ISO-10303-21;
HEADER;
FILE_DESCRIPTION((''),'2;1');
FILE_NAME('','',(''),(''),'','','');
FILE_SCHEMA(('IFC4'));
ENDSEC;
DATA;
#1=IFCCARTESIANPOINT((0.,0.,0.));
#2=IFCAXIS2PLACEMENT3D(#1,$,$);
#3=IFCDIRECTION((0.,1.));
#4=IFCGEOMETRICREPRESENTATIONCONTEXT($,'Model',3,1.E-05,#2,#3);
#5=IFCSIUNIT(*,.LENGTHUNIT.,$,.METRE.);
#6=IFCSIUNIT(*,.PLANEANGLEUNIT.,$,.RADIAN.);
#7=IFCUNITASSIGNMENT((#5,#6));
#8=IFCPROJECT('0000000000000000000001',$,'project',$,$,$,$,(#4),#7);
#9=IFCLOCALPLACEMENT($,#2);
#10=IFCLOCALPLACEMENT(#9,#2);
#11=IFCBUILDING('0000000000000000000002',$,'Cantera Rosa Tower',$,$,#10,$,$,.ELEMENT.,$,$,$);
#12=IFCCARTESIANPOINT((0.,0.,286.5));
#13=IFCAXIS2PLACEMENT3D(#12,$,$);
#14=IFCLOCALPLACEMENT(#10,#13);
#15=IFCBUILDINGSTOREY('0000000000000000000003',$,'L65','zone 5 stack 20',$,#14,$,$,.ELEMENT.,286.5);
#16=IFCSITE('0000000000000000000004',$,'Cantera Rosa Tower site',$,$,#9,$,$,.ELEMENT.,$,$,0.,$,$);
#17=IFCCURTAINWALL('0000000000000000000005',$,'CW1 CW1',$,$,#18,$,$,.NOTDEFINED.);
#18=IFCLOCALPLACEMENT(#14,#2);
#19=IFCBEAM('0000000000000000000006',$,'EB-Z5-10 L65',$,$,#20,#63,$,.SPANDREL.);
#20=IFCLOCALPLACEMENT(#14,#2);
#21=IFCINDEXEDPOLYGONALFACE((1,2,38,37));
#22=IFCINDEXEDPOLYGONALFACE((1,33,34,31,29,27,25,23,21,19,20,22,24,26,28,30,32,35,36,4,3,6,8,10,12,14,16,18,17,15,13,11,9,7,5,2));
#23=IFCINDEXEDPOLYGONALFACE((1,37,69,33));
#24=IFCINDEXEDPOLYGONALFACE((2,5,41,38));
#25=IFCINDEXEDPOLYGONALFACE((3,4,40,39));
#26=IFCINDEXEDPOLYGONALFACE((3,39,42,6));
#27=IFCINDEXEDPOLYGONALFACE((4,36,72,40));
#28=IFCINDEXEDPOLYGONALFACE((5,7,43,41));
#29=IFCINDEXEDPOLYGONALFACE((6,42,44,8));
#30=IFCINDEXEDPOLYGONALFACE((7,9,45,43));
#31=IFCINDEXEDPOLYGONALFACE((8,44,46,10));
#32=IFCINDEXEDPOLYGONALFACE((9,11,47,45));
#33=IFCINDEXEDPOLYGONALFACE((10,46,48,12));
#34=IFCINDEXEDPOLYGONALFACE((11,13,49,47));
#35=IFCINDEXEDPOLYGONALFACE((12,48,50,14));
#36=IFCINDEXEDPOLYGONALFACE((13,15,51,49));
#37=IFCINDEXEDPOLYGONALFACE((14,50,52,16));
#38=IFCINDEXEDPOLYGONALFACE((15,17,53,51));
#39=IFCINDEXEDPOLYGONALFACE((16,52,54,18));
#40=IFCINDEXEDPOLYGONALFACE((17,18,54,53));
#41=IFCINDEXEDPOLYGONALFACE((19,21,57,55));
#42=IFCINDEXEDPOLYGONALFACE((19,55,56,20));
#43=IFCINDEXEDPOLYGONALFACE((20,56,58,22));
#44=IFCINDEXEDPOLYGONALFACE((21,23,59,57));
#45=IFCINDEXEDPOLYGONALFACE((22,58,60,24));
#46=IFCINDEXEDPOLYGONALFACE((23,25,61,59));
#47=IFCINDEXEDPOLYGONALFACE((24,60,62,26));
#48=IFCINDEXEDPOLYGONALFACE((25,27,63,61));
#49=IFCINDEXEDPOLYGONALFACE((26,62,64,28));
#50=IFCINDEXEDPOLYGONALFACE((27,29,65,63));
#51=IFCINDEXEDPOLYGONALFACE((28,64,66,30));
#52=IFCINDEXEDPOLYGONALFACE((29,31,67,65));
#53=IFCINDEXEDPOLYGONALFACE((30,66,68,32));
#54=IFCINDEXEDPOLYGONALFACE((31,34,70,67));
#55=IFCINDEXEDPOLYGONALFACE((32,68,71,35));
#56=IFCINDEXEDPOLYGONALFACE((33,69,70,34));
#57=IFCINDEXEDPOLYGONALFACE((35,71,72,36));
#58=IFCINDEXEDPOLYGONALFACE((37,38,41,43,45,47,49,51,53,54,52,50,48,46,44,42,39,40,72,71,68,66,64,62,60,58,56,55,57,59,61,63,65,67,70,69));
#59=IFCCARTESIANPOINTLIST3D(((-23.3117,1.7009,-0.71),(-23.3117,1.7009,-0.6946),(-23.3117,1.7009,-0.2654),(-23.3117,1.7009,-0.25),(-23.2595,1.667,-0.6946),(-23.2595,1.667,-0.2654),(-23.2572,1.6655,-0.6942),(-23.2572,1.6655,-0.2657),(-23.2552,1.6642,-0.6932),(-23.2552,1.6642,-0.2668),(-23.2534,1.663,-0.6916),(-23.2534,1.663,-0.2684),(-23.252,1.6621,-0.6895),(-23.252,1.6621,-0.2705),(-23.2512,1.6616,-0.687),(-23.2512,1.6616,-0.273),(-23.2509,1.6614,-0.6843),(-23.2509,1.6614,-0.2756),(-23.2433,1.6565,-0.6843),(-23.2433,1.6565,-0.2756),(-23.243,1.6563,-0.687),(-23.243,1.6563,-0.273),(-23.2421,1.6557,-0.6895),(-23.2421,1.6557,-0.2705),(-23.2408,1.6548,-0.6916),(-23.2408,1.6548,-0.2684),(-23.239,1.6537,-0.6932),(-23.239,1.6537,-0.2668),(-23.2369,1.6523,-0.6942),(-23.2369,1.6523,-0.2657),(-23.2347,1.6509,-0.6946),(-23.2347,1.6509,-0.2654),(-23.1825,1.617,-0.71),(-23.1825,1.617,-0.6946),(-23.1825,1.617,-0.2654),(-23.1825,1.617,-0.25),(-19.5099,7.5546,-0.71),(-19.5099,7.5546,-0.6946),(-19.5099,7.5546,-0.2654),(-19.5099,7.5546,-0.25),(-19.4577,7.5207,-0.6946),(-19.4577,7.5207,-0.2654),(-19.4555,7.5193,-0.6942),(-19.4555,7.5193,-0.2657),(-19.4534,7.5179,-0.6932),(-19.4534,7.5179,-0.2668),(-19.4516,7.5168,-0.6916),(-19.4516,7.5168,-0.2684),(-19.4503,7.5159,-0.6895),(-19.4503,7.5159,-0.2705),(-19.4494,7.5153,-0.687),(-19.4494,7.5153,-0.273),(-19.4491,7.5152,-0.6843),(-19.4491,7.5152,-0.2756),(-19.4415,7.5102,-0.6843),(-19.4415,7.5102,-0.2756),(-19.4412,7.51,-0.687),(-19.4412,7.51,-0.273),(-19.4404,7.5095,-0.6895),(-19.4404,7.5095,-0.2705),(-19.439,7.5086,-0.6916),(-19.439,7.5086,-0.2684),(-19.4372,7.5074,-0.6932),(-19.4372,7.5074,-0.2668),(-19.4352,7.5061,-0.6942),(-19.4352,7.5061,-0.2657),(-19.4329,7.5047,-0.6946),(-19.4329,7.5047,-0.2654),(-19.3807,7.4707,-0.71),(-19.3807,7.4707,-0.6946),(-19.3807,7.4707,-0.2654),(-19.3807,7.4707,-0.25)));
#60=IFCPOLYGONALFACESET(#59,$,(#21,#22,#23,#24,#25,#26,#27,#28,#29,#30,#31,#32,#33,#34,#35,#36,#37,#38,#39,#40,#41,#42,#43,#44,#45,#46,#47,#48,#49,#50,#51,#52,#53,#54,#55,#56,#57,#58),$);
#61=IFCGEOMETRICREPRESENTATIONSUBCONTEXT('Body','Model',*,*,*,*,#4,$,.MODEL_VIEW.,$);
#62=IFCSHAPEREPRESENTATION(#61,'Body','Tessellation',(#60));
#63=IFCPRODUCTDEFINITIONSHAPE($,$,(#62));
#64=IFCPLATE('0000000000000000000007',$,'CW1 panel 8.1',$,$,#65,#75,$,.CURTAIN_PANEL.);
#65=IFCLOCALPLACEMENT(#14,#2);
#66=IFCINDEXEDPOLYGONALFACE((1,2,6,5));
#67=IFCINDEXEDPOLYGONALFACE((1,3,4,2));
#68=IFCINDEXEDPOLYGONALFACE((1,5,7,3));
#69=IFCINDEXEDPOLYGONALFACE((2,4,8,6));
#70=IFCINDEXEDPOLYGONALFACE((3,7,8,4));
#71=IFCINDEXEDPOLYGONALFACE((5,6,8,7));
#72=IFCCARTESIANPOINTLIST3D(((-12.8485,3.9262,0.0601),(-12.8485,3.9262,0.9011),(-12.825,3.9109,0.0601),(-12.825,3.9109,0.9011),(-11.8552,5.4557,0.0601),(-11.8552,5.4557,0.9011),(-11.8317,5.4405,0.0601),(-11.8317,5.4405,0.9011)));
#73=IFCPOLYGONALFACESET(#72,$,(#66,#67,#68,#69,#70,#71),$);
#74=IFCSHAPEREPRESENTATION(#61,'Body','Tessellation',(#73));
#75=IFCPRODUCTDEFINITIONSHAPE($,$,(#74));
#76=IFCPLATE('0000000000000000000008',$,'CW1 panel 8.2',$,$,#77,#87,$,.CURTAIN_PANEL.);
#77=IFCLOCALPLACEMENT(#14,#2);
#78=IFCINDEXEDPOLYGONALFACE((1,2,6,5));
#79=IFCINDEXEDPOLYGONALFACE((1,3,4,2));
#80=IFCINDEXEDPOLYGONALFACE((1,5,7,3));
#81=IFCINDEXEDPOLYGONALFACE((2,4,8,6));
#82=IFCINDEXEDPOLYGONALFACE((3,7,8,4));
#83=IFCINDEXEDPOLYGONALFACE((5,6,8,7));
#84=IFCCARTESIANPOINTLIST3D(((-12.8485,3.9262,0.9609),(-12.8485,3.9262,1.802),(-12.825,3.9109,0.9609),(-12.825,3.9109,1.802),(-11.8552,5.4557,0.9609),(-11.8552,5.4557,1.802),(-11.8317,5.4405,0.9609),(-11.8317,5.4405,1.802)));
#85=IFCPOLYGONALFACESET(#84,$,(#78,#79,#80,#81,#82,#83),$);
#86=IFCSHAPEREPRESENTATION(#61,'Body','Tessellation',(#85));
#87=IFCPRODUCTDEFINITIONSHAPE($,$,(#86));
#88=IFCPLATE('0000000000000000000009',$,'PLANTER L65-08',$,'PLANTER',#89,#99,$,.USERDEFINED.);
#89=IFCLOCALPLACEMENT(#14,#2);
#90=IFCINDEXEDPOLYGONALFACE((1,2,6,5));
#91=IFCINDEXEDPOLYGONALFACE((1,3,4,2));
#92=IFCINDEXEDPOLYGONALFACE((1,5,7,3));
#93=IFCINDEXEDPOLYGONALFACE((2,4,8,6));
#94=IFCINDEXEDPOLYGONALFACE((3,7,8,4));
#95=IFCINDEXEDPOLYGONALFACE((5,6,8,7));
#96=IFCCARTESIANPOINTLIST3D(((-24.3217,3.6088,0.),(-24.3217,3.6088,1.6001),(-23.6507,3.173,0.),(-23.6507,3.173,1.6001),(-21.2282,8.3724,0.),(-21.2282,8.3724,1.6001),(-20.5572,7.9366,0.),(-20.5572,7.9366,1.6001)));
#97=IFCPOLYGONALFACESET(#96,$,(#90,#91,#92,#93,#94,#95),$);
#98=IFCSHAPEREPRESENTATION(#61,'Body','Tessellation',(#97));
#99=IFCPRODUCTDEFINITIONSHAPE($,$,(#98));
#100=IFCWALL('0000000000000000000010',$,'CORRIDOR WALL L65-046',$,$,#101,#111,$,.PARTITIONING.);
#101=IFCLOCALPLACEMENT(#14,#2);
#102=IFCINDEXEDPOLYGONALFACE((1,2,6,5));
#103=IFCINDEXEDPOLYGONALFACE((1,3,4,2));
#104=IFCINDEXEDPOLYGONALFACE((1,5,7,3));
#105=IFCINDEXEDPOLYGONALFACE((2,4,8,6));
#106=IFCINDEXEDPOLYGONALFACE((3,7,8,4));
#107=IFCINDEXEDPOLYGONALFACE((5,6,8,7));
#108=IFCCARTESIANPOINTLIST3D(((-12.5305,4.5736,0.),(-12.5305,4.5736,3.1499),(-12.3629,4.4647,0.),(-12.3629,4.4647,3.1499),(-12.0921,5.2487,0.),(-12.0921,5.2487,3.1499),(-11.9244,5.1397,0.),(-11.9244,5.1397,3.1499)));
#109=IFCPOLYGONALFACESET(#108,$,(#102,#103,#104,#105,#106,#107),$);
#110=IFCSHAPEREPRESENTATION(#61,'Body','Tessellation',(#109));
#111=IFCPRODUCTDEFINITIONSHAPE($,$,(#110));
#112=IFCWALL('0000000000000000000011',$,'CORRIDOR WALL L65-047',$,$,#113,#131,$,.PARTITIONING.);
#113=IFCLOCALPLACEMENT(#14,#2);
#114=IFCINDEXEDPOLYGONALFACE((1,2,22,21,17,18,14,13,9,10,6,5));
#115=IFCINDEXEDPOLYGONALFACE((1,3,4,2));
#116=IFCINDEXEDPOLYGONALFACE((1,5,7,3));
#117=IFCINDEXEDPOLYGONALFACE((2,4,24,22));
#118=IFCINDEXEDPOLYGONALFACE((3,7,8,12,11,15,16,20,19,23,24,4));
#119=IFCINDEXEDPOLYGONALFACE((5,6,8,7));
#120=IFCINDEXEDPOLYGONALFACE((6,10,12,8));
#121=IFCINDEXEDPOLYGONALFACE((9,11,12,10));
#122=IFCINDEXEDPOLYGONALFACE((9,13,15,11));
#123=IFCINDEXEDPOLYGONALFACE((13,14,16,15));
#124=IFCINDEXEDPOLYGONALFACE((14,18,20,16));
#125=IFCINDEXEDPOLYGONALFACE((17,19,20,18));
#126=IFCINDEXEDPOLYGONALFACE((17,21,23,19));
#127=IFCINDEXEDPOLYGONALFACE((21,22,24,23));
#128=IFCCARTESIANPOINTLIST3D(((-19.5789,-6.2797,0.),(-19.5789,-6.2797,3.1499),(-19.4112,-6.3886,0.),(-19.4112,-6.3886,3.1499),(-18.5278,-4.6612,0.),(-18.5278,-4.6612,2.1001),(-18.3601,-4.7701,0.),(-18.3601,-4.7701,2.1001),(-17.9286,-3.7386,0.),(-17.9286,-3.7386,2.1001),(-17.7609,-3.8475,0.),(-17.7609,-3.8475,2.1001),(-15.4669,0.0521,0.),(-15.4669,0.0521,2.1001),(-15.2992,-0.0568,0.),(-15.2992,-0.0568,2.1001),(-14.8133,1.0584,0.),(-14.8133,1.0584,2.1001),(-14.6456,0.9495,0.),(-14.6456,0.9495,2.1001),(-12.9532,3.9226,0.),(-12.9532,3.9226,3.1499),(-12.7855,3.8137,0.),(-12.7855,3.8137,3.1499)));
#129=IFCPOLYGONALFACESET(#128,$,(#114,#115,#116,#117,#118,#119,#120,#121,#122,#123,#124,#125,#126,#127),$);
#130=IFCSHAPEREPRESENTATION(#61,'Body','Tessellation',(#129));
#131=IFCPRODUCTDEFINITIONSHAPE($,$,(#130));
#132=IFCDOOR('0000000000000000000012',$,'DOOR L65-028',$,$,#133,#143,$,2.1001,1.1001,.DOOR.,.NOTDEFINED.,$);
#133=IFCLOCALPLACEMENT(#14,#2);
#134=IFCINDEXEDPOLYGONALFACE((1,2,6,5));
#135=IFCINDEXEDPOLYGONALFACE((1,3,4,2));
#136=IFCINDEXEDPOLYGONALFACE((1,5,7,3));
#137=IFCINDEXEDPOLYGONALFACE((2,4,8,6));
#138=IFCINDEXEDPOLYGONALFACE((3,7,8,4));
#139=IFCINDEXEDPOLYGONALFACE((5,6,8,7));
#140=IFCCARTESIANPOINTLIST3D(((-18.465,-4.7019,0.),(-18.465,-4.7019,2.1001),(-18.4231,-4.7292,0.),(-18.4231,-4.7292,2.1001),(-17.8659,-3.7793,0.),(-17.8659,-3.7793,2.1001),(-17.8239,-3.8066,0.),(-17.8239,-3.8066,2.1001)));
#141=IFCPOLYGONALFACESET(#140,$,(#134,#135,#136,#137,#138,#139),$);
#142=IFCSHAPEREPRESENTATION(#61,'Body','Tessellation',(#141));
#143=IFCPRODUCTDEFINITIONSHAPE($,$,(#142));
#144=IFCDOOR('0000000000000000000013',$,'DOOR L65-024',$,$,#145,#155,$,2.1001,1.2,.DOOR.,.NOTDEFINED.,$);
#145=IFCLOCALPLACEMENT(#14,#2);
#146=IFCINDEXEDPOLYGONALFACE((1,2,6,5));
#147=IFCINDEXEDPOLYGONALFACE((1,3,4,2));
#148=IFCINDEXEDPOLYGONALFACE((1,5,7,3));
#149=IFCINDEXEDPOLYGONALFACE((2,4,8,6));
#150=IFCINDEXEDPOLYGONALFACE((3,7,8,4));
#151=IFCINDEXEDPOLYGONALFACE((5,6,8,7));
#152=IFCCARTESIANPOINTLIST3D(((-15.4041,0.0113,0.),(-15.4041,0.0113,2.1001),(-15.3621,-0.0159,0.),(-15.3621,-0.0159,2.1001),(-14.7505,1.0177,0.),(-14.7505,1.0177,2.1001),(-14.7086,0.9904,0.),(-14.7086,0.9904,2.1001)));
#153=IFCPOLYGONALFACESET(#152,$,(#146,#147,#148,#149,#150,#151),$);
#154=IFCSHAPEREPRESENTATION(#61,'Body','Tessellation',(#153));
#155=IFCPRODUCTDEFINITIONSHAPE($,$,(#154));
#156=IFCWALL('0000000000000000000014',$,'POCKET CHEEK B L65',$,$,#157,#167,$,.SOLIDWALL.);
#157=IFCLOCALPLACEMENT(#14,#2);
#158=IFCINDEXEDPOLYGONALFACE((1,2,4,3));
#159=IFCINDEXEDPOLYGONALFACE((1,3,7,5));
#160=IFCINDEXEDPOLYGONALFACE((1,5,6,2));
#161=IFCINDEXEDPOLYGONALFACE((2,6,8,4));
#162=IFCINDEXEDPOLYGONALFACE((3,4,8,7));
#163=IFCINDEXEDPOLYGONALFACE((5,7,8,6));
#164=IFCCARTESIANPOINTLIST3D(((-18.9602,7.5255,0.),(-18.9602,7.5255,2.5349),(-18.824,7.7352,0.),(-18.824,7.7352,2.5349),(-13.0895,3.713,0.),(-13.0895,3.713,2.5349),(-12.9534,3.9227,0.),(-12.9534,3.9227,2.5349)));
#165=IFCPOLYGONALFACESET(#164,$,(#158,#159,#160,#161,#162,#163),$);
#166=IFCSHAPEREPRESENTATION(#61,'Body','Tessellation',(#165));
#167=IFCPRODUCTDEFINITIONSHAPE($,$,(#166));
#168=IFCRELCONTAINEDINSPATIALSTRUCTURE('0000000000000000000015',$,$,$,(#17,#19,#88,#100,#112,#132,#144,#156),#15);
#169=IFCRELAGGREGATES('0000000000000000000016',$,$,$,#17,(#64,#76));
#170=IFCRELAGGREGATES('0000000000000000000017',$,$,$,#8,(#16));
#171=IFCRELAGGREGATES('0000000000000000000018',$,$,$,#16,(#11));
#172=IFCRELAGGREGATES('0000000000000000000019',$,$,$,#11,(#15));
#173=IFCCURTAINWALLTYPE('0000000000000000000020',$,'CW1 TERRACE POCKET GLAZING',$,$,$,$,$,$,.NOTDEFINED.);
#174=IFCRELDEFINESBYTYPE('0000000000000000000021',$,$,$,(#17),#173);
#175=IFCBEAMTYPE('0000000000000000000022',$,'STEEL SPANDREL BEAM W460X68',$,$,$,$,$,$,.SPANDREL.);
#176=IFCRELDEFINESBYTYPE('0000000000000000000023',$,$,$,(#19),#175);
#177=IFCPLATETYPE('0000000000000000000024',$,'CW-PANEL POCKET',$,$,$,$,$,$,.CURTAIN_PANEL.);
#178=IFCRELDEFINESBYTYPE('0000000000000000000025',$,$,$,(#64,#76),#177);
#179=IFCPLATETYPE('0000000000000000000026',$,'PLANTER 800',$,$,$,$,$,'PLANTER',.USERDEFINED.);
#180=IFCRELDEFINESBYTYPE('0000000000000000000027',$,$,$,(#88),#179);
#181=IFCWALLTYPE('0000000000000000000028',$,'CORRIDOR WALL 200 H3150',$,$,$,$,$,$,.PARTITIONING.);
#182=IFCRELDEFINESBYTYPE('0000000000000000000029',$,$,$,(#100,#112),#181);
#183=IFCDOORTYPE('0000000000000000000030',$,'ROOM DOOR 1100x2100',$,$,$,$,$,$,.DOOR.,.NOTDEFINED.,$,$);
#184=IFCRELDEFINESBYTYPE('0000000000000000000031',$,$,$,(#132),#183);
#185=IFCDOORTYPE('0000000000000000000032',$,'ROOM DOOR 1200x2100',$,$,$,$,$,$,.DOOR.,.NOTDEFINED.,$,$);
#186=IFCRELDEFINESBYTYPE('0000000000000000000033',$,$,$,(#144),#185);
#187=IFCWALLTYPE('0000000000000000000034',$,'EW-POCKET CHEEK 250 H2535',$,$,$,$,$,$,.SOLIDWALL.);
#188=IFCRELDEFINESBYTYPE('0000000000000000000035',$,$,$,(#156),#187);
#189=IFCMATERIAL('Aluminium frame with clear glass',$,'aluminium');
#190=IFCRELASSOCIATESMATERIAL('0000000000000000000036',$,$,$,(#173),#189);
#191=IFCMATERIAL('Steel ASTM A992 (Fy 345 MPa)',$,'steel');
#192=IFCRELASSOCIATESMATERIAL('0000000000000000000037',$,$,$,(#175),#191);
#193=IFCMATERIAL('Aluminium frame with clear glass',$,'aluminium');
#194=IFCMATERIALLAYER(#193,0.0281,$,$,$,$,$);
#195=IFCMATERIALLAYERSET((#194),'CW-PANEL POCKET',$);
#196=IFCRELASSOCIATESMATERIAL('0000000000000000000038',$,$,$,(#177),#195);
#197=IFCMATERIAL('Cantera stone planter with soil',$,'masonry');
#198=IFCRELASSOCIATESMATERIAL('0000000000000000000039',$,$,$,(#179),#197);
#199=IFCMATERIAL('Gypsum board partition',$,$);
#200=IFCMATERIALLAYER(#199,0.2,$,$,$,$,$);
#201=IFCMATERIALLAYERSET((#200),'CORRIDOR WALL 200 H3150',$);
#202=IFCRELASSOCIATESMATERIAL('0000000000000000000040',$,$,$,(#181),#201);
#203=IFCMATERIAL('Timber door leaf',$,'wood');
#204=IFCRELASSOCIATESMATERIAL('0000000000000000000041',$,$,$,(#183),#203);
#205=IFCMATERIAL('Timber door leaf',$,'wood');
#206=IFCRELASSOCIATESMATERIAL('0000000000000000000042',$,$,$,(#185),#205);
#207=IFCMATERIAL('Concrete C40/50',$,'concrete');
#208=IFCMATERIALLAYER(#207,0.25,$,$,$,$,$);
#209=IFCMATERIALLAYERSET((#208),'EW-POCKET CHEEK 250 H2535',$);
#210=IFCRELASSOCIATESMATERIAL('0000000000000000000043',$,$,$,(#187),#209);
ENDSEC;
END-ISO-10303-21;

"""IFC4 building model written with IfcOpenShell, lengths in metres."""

from ifc_helpers import new_model, si_unit, direction, frame, frame_2d, origin, origin_2d, place, context, subcontext, project, spatial, rectangle, i_section, extrude, material, layer, layer_set, material_profile, profile_set, type_object, element, fill, aggregate, save


model = new_model("IFC4")

# Units and contexts
model_context = context("Model", 3, precision=1e-05, world=origin(), true_north=direction((0.0, 1.0)))
body_context = subcontext(model_context, "Body", "Model", "MODEL_VIEW")
ifc_project = project(units=[si_unit("LENGTHUNIT", "METRE"), si_unit("PLANEANGLEUNIT", "RADIAN")], contexts=[model_context])

# Site, building, storey
site_placement = place(None, origin())
site = spatial("IfcSite", under=ifc_project, at=site_placement, Name="Cantera Rosa Tower site", CompositionType="ELEMENT", RefElevation=0.0)
building_placement = place(site_placement, origin())
building = spatial("IfcBuilding", under=site, at=building_placement, Name="Cantera Rosa Tower", CompositionType="ELEMENT")
storey_placement = place(building_placement, frame((0.0, 0.0, 286.5)))
storey = spatial("IfcBuildingStorey", under=building, at=storey_placement, Name="L65", Description="zone 5 stack 20", CompositionType="ELEMENT", Elevation=286.5)

# Curtain wall
ifc_material_1 = material(Name="Aluminium frame with clear glass", Category="aluminium")
curtain_wall_type = type_object("IfcCurtainWallType", Name="CW1 TERRACE POCKET GLAZING", PredefinedType="NOTDEFINED", material=ifc_material_1)
curtain_wall_placement = place(storey_placement, origin())
curtain_wall = element("IfcCurtainWall", 1, at=curtain_wall_placement, inside=storey, type_object=curtain_wall_type, Name="CW1 CW1", PredefinedType="NOTDEFINED")

# Beam
ifc_material_2 = material(Name="Steel ASTM A992 (Fy 345 MPa)", Category="steel")
ifc_material_profile_1 = material_profile(ifc_material_2, i_section(OverallWidth=0.1541, OverallDepth=0.46, WebThickness=0.009, FlangeThickness=0.0154, FilletRadius=0.0103, at=origin_2d()), Name="W460X68")
ifc_profile_set_1 = profile_set([ifc_material_profile_1], Name="Steel ASTM A992 (Fy 345 MPa)")
beam_type_1 = type_object("IfcBeamType", Name="STEEL SPANDREL BEAM W460X68", PredefinedType="SPANDREL", material=ifc_profile_set_1)
beam_1_placement = place(storey_placement, frame((-19.4453, 7.5127, -0.48), z_axis=(-0.544667, -0.838652, 0.0), x_axis=(0.838652, -0.544667, 0.0)))
element("IfcBeam", 2, at=beam_1_placement, inside=storey, type_object=beam_type_1, Name="EB-Z5-10 L65", PredefinedType="SPANDREL", context=body_context, shape_type="SweptSolid", body=[
    extrude(i_section(OverallWidth=0.1541, OverallDepth=0.46, WebThickness=0.009, FlangeThickness=0.0154, FilletRadius=0.0103, at=origin_2d()), origin(), (0.0, 0.0, 1.0), 6.98),
])

# Plates
ifc_material_3 = material(Name="Aluminium frame with clear glass", Category="aluminium")
ifc_layer_1 = layer(ifc_material_3, 0.0281)
ifc_layer_set_1 = layer_set([ifc_layer_1], Name="CW-PANEL POCKET")
plate_type_1 = type_object("IfcPlateType", Name="CW-PANEL POCKET", PredefinedType="CURTAIN_PANEL", material=ifc_layer_set_1)
plate_1_placement = place(storey_placement, frame((-12.3401, 4.6833, 0.0601), z_axis=(0.0, 0.0, 1.0), x_axis=(-0.544639, -0.838671, 0.0)))
plate_1 = element("IfcPlate", 3, at=plate_1_placement, type_object=plate_type_1, Name="CW1 panel 8.1", PredefinedType="CURTAIN_PANEL", context=body_context, shape_type="SweptSolid", body=[
    extrude(rectangle(XDim=1.8237, YDim=0.0281, at=origin_2d()), origin(), (0.0, 0.0, 1.0), 0.8411),
])
plate_2_placement = place(storey_placement, frame((-12.3401, 4.6833, 0.9609), z_axis=(0.0, 0.0, 1.0), x_axis=(-0.544639, -0.838671, 0.0)))
plate_2 = element("IfcPlate", 4, at=plate_2_placement, type_object=plate_type_1, Name="CW1 panel 8.2", PredefinedType="CURTAIN_PANEL", context=body_context, shape_type="SweptSolid", body=[
    extrude(rectangle(XDim=1.8237, YDim=0.0281, at=origin_2d()), origin(), (0.0, 0.0, 1.0), 0.8411),
])
aggregate(curtain_wall, [plate_1, plate_2])
ifc_material_4 = material(Name="Cantera stone planter with soil", Category="masonry")
plate_type_2 = type_object("IfcPlateType", Name="PLANTER 800", ElementType="PLANTER", PredefinedType="USERDEFINED", material=ifc_material_4)
plate_3_placement = place(storey_placement, frame((-22.4395, 5.7727, 0.0), z_axis=(0.0, 0.0, 1.0), x_axis=(-0.544639, -0.838671, 0.0)))
element("IfcPlate", 5, at=plate_3_placement, inside=storey, type_object=plate_type_2, Name="PLANTER L65-08", ObjectType="PLANTER", PredefinedType="USERDEFINED", context=body_context, shape_type="SweptSolid", body=[
    extrude(rectangle(XDim=5.6799, YDim=0.8, at=origin_2d()), origin(), (0.0, 0.0, 1.0), 1.6001),
])

# Wall
ifc_material_5 = material(Name="Gypsum board partition")
ifc_layer_2 = layer(ifc_material_5, 0.2)
ifc_layer_set_2 = layer_set([ifc_layer_2], Name="CORRIDOR WALL 200 H3150")
wall_type_1 = type_object("IfcWallType", Name="CORRIDOR WALL 200 H3150", PredefinedType="PARTITIONING", material=ifc_layer_set_2)
wall_1_placement = place(storey_placement, frame((-12.0083, 5.1941, 0.0), z_axis=(0.0, 0.0, 1.0), x_axis=(-0.544722, -0.838617, 0.0)))
element("IfcWall", 6, at=wall_1_placement, inside=storey, type_object=wall_type_1, Name="CORRIDOR WALL L65-046", PredefinedType="PARTITIONING", context=body_context, shape_type="SweptSolid", body=[
    extrude(rectangle(XDim=0.8049, YDim=0.2, at=frame_2d((0.4023, 0.0))), origin(), (0.0, 0.0, 1.0), 3.1499),
])

# Wall, openings, doors
wall_2_placement = place(storey_placement, frame((-12.8694, 3.8682, 0.0), z_axis=(0.0, 0.0, 1.0), x_axis=(-0.544652, -0.838662, 0.0)))
wall_2 = element("IfcWall", 7, at=wall_2_placement, inside=storey, type_object=wall_type_1, Name="CORRIDOR WALL L65-047", PredefinedType="PARTITIONING", context=body_context, shape_type="SweptSolid", body=[
    extrude(rectangle(XDim=12.165, YDim=0.2, at=frame_2d((6.0825, 0.0))), origin(), (0.0, 0.0, 1.0), 3.1499),
])
opening_1_placement = place(wall_2_placement, frame((3.415, 0.0, 0.0)))
opening_1 = element("IfcOpeningElement", 8, at=opening_1_placement, cuts=wall_2, PredefinedType="OPENING", context=body_context, shape_type="SweptSolid", body=[
    extrude(rectangle(XDim=1.2, YDim=2.1001, at=frame_2d((0.6001, 1.05))), frame((0.0, 0.1099, 0.0), z_axis=(0.0, -1.0, 0.0), x_axis=(1.0, 0.0, 0.0)), (0.0, 0.0, 1.0), 0.22),
])
opening_2_placement = place(wall_2_placement, frame((9.135, 0.0, 0.0)))
opening_2 = element("IfcOpeningElement", 9, at=opening_2_placement, cuts=wall_2, PredefinedType="OPENING", context=body_context, shape_type="SweptSolid", body=[
    extrude(rectangle(XDim=1.1001, YDim=2.1001, at=frame_2d((0.55, 1.05))), frame((0.0, 0.1099, 0.0), z_axis=(0.0, -1.0, 0.0), x_axis=(1.0, 0.0, 0.0)), (0.0, 0.0, 1.0), 0.22),
])
ifc_material_6 = material(Name="Timber door leaf", Category="wood")
door_type_1 = type_object("IfcDoorType", Name="ROOM DOOR 1100x2100", OperationType="NOTDEFINED", PredefinedType="DOOR", material=ifc_material_6)
door_1_placement = place(opening_2_placement, origin())
door_1 = element("IfcDoor", 10, at=door_1_placement, inside=storey, type_object=door_type_1, Name="DOOR L65-028", OperationType="NOTDEFINED", OverallHeight=2.1001, OverallWidth=1.1001, PredefinedType="DOOR", context=body_context, shape_type="SweptSolid", body=[
    extrude(rectangle(XDim=1.1001, YDim=2.1001, at=frame_2d((0.55, 1.05))), frame((0.0, 0.0249, 0.0), z_axis=(0.0, -1.0, 0.0), x_axis=(1.0, 0.0, 0.0)), (0.0, 0.0, 1.0), 0.05),
])
fill(opening_2, door_1)
ifc_material_7 = material(Name="Timber door leaf", Category="wood")
door_type_2 = type_object("IfcDoorType", Name="ROOM DOOR 1200x2100", OperationType="NOTDEFINED", PredefinedType="DOOR", material=ifc_material_7)
door_2_placement = place(opening_1_placement, origin())
door_2 = element("IfcDoor", 11, at=door_2_placement, inside=storey, type_object=door_type_2, Name="DOOR L65-024", OperationType="NOTDEFINED", OverallHeight=2.1001, OverallWidth=1.2, PredefinedType="DOOR", context=body_context, shape_type="SweptSolid", body=[
    extrude(rectangle(XDim=1.2, YDim=2.1001, at=frame_2d((0.6001, 1.05))), frame((0.0, 0.0249, 0.0), z_axis=(0.0, -1.0, 0.0), x_axis=(1.0, 0.0, 0.0)), (0.0, 0.0, 1.0), 0.05),
])
fill(opening_1, door_2)

# Wall
ifc_material_8 = material(Name="Concrete C40/50", Category="concrete")
ifc_layer_3 = layer(ifc_material_8, 0.25)
ifc_layer_set_3 = layer_set([ifc_layer_3], Name="EW-POCKET CHEEK 250 H2535")
wall_type_2 = type_object("IfcWallType", Name="EW-POCKET CHEEK 250 H2535", PredefinedType="SOLIDWALL", material=ifc_layer_set_3)
wall_3_placement = place(storey_placement, frame((-18.8921, 7.6304, 0.0), z_axis=(0.0, 0.0, 1.0), x_axis=(0.838665, -0.544647, 0.0)))
element("IfcWall", 12, at=wall_3_placement, inside=storey, type_object=wall_type_2, Name="POCKET CHEEK B L65", PredefinedType="SOLIDWALL", context=body_context, shape_type="SweptSolid", body=[
    extrude(rectangle(XDim=7.0, YDim=0.25, at=frame_2d((3.5, 0.0))), origin(), (0.0, 0.0, 1.0), 2.5349),
])

save(model, "model.ifc")
